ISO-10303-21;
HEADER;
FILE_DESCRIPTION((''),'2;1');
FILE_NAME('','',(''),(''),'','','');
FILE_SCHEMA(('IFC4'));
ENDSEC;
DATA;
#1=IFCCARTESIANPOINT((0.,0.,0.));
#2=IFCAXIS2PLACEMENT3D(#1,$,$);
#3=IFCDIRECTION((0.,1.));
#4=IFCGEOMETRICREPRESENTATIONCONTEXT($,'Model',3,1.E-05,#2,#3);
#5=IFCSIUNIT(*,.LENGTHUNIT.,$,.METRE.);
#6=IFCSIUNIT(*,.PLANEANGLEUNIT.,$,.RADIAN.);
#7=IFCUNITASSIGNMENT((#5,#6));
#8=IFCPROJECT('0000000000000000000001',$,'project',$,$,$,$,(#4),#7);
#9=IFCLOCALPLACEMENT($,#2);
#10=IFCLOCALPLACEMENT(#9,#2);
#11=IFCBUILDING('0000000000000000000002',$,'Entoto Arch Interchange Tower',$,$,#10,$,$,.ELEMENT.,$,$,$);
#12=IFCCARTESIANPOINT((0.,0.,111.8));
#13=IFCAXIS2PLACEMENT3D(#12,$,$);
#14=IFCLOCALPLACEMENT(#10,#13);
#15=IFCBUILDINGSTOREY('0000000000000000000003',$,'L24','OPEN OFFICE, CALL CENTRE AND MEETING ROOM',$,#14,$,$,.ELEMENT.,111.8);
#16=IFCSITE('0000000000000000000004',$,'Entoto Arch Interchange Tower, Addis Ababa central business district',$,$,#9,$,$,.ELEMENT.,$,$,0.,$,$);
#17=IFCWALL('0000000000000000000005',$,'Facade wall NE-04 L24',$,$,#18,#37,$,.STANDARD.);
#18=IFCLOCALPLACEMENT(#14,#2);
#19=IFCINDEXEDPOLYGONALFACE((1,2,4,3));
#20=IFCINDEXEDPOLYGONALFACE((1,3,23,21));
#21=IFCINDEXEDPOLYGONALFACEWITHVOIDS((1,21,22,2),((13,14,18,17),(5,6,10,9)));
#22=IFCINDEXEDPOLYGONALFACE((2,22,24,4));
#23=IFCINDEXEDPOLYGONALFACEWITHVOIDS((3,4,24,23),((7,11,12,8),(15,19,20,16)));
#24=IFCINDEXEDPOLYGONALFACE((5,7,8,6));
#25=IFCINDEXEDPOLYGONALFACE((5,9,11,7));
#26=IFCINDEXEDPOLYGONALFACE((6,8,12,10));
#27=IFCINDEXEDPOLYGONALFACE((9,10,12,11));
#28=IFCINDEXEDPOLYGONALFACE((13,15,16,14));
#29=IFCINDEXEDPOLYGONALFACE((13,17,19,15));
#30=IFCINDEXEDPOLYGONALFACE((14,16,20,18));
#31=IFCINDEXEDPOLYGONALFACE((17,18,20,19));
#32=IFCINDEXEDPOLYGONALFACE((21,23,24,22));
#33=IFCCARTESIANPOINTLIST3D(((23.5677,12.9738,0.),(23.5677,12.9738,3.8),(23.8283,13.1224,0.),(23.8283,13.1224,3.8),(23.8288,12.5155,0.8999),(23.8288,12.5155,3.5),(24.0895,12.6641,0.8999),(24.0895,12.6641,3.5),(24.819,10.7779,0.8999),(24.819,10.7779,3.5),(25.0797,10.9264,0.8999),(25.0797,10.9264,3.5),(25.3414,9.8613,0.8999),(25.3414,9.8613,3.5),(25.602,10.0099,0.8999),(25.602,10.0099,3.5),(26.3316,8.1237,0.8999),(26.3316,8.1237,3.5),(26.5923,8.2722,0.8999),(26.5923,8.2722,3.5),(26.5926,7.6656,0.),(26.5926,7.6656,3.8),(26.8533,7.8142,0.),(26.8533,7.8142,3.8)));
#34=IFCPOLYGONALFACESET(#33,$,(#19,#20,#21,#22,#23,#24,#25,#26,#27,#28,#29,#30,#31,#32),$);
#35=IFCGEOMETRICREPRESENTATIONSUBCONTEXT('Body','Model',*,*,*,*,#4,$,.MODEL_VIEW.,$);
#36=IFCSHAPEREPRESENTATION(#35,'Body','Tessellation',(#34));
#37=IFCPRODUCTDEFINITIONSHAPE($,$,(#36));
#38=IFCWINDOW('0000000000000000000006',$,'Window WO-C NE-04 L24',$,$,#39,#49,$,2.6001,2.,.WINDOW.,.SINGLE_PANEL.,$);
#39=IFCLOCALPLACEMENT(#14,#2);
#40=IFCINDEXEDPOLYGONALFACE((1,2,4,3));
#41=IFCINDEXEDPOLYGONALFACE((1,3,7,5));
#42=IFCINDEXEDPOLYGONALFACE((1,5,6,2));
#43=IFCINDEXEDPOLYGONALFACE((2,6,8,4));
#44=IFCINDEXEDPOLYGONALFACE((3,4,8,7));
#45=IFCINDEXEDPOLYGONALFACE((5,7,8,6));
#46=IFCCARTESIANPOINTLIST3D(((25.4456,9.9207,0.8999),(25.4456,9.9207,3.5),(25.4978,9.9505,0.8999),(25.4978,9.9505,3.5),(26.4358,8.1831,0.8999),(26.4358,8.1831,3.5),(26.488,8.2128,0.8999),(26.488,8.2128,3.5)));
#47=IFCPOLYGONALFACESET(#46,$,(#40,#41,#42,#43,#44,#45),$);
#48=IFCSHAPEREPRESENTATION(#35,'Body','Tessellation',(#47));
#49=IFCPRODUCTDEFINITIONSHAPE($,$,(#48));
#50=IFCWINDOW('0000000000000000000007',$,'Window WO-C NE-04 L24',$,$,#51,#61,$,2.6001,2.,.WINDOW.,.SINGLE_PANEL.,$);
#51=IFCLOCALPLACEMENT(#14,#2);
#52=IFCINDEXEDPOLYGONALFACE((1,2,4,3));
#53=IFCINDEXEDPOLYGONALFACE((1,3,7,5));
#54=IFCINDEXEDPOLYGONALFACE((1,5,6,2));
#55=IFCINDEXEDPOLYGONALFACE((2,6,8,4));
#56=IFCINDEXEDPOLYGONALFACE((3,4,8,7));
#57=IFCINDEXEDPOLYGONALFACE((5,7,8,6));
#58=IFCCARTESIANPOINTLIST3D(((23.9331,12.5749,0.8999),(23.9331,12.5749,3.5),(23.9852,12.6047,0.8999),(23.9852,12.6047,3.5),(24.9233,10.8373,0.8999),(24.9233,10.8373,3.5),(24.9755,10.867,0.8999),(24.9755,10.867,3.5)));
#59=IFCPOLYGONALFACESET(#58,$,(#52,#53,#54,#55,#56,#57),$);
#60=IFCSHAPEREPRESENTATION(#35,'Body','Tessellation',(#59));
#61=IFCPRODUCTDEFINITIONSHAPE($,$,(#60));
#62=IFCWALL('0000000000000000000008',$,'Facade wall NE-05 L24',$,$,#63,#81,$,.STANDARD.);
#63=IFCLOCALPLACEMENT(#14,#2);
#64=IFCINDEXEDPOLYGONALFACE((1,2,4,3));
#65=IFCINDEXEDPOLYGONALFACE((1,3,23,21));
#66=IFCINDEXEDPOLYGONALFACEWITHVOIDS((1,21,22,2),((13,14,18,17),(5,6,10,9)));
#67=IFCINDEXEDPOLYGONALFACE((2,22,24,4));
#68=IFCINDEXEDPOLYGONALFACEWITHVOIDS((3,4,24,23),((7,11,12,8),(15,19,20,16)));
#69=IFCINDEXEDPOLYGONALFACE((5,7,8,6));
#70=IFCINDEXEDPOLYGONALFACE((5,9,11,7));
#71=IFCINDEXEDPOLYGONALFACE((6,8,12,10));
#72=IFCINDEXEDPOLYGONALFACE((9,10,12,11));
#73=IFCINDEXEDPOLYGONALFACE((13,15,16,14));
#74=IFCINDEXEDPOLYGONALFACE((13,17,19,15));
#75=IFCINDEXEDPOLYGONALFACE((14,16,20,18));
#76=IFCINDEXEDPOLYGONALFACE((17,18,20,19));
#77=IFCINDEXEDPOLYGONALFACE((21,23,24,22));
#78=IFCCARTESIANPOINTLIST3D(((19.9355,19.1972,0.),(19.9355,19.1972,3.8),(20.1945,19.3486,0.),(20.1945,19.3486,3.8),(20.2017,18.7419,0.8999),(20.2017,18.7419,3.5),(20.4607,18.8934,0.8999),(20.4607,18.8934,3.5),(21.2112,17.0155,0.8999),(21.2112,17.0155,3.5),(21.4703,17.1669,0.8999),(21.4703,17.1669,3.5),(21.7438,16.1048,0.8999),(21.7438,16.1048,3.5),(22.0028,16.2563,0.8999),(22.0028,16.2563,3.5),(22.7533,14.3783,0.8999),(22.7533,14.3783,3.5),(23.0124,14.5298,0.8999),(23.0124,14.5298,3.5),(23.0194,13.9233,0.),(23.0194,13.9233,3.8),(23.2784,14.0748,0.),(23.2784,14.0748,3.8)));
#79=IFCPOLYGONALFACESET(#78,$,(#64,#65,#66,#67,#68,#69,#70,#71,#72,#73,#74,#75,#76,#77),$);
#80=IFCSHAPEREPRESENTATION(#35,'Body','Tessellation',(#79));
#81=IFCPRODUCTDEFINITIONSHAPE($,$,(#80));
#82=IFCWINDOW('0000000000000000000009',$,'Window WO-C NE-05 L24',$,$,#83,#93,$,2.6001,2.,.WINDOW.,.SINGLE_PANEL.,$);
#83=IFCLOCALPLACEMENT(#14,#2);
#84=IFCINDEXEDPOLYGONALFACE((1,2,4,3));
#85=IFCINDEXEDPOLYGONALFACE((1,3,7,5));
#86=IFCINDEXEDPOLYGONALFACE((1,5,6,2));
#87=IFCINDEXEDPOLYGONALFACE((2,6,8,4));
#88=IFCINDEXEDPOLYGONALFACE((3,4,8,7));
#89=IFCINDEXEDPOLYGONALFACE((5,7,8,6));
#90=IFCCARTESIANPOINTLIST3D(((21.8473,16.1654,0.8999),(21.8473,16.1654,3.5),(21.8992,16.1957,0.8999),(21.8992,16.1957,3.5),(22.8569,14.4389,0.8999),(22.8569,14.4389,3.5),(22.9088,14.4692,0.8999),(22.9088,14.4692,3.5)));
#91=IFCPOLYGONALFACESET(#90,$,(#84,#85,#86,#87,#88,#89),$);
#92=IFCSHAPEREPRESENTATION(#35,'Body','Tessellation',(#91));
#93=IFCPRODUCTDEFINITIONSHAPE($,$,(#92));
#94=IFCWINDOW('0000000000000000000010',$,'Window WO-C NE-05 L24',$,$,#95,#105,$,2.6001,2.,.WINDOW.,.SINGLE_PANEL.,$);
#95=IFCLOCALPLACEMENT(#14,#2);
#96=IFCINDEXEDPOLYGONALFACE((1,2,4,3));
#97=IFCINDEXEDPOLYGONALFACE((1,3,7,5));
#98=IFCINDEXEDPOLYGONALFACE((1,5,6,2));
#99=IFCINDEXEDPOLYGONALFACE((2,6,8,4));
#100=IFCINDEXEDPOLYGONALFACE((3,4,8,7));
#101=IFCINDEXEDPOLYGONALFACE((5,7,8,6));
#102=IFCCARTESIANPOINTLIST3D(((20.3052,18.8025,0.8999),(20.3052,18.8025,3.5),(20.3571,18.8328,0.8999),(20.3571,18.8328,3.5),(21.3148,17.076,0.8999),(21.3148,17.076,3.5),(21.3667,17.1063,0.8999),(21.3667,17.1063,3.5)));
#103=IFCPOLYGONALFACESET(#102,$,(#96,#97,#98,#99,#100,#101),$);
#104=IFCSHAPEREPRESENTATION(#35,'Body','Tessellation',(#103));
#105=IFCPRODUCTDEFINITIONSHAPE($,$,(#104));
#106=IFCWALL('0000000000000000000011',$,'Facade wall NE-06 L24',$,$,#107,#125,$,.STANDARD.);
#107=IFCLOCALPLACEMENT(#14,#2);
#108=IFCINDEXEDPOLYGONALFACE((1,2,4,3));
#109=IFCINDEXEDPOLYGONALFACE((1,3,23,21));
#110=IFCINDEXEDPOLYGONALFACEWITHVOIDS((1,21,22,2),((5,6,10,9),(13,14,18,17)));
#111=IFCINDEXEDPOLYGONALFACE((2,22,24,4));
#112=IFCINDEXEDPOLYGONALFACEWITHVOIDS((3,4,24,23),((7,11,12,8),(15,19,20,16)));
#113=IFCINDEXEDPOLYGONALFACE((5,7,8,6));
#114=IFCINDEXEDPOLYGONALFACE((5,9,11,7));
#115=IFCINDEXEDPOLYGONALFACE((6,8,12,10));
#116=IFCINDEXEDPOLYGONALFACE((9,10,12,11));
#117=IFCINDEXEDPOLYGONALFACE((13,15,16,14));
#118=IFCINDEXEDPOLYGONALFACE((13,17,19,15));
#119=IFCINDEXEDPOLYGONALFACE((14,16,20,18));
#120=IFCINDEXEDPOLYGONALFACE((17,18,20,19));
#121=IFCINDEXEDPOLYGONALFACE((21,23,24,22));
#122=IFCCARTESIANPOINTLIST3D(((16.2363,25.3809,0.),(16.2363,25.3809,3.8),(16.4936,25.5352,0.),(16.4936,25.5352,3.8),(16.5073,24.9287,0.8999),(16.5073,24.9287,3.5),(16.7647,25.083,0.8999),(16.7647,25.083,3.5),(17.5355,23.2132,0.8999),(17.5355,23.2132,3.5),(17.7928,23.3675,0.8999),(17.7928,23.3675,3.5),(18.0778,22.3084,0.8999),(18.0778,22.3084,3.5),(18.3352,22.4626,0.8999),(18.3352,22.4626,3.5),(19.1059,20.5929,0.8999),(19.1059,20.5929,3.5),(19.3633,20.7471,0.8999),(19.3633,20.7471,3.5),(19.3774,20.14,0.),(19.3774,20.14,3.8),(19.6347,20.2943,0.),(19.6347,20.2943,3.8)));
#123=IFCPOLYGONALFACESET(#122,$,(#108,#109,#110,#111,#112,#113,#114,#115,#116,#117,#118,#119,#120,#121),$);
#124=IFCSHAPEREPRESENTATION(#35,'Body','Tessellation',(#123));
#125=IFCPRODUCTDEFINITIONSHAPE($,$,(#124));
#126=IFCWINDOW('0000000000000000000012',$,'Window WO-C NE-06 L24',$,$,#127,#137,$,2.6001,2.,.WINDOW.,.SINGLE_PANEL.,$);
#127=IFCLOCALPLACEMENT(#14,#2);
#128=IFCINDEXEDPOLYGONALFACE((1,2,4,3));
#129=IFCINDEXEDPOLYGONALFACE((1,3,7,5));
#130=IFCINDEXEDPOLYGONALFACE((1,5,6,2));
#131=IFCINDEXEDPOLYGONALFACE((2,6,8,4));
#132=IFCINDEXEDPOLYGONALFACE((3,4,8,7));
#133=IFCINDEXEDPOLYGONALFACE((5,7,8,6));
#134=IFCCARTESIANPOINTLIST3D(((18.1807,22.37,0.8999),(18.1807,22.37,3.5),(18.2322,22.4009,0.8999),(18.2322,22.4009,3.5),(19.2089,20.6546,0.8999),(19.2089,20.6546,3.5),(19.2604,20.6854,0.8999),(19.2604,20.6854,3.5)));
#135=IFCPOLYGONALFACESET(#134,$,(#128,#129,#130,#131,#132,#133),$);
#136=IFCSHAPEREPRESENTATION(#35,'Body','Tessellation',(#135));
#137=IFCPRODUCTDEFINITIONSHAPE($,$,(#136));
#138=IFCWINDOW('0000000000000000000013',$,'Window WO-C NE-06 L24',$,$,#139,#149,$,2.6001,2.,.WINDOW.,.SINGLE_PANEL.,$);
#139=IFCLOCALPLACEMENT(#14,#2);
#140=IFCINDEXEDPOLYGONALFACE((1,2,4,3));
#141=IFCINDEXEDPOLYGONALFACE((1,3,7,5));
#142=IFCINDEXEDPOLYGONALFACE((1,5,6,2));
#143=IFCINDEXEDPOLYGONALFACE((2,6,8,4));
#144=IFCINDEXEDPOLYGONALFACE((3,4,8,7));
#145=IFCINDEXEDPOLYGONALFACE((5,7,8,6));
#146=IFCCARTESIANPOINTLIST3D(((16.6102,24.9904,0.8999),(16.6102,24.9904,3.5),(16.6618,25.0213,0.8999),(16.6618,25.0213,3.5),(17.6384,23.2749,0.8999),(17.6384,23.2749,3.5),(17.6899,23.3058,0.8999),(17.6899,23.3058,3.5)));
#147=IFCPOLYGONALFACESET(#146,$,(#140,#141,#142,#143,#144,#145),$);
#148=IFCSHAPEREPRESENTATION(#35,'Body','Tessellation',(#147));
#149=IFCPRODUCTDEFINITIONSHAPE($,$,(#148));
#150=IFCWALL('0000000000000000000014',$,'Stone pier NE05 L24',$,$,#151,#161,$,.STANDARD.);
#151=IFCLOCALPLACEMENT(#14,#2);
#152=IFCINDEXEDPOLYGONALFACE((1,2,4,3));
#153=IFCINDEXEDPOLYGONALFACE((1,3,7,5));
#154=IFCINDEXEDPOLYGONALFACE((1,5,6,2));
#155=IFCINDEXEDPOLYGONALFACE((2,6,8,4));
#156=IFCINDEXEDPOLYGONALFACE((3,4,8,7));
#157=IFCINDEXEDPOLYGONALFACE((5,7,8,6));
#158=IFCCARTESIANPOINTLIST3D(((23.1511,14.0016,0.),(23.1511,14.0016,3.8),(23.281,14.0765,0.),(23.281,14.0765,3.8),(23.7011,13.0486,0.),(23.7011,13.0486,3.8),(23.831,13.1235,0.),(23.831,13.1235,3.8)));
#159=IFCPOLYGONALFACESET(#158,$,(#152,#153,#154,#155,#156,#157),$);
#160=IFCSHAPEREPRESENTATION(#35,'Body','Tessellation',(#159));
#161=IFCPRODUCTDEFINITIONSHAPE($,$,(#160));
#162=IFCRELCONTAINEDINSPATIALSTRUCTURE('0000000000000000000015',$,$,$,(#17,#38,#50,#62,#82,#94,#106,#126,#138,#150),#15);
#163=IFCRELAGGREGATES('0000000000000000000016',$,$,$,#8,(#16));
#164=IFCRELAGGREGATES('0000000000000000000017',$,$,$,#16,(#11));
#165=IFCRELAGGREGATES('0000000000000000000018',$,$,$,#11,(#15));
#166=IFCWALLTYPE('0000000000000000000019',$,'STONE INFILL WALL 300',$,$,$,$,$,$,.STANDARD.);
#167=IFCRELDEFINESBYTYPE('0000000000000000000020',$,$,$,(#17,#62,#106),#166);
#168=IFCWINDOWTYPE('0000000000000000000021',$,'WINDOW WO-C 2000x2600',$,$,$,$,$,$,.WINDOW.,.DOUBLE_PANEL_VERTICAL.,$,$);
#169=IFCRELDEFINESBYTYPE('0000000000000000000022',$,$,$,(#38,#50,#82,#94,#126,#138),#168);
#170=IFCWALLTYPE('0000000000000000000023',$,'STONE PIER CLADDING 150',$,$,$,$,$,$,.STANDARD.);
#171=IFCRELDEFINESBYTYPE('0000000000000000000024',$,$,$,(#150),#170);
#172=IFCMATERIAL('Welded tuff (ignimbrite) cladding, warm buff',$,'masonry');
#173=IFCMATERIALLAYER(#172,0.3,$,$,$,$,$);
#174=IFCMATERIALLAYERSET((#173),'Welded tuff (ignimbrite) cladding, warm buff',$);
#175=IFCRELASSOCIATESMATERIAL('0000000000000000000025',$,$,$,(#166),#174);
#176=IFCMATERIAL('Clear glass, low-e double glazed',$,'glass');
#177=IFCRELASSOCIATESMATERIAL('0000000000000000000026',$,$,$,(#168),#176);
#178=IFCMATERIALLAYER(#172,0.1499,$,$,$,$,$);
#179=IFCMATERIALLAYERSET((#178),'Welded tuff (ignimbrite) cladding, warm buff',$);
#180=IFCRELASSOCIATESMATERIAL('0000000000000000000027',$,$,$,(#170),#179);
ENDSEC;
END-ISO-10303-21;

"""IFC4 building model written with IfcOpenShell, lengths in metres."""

from ifc_helpers import new_model, si_unit, direction, frame, frame_2d, origin, place, context, subcontext, project, spatial, rectangle, extrude, material, layer, layer_set, type_object, element, fill, save


model = new_model("IFC4")

# Units and contexts
model_context = context("Model", 3, precision=1e-05, world=origin(), true_north=direction((0.0, 1.0)))
body_context = subcontext(model_context, "Body", "Model", "MODEL_VIEW")
ifc_project = project(units=[si_unit("LENGTHUNIT", "METRE"), si_unit("PLANEANGLEUNIT", "RADIAN")], contexts=[model_context])

# Site, building, storey
site_placement = place(None, origin())
site = spatial("IfcSite", under=ifc_project, at=site_placement, Name="Entoto Arch Interchange Tower, Addis Ababa central business district", CompositionType="ELEMENT", RefElevation=0.0)
building_placement = place(site_placement, origin())
building = spatial("IfcBuilding", under=site, at=building_placement, Name="Entoto Arch Interchange Tower", CompositionType="ELEMENT")
storey_placement = place(building_placement, frame((0.0, 0.0, 111.8)))
storey = spatial("IfcBuildingStorey", under=building, at=storey_placement, Name="L24", Description="OPEN OFFICE, CALL CENTRE AND MEETING ROOM", CompositionType="ELEMENT", Elevation=111.8)

# Walls, openings, windows
ifc_material_1 = material(Name="Welded tuff (ignimbrite) cladding, warm buff", Category="masonry")
ifc_layer_1 = layer(ifc_material_1, 0.3)
ifc_layer_set_1 = layer_set([ifc_layer_1], Name="Welded tuff (ignimbrite) cladding, warm buff")
wall_type_1 = type_object("IfcWallType", Name="STONE INFILL WALL 300", PredefinedType="STANDARD", material=ifc_layer_set_1)
wall_1_placement = place(storey_placement, frame((26.7229, 7.74, 0.0), z_axis=(0.0, 0.0, 1.0), x_axis=(-0.495114, 0.868828, 0.0)))
wall_1 = element("IfcWall", 1, at=wall_1_placement, inside=storey, type_object=wall_type_1, Name="Facade wall NE-04 L24", PredefinedType="STANDARD", context=body_context, shape_type="SweptSolid", body=[
    extrude(rectangle(XDim=6.1096, YDim=0.3, at=frame_2d((3.0547, 0.0))), origin(), (0.0, 0.0, 1.0), 3.8),
])
opening_1_placement = place(wall_1_placement, frame((0.5271, 0.0, 0.8999)))
opening_1 = element("IfcOpeningElement", 2, at=opening_1_placement, cuts=wall_1, PredefinedType="OPENING", context=body_context, shape_type="SweptSolid", body=[
    extrude(rectangle(XDim=2.0, YDim=2.6001, at=frame_2d((1.0, 1.3))), frame((0.0, 0.1602, 0.0), z_axis=(0.0, -1.0, 0.0), x_axis=(1.0, 0.0, 0.0)), (0.0, 0.0, 1.0), 0.3201),
])
opening_2_placement = place(wall_1_placement, frame((3.582, 0.0, 0.8999)))
opening_2 = element("IfcOpeningElement", 3, at=opening_2_placement, cuts=wall_1, PredefinedType="OPENING", context=body_context, shape_type="SweptSolid", body=[
    extrude(rectangle(XDim=2.0, YDim=2.6001, at=frame_2d((1.0, 1.3))), frame((0.0, 0.1602, 0.0), z_axis=(0.0, -1.0, 0.0), x_axis=(1.0, 0.0, 0.0)), (0.0, 0.0, 1.0), 0.3201),
])
ifc_material_2 = material(Name="Clear glass, low-e double glazed", Category="glass")
window_type = type_object("IfcWindowType", Name="WINDOW WO-C 2000x2600", PartitioningType="DOUBLE_PANEL_VERTICAL", PredefinedType="WINDOW", material=ifc_material_2)
window_1_placement = place(opening_1_placement, origin())
window_1 = element("IfcWindow", 4, at=window_1_placement, inside=storey, type_object=window_type, Name="Window WO-C NE-04 L24", OverallHeight=2.6001, OverallWidth=2.0, PartitioningType="SINGLE_PANEL", PredefinedType="WINDOW", context=body_context, shape_type="SweptSolid", body=[
    extrude(rectangle(XDim=2.0, YDim=2.6001, at=frame_2d((1.0, 1.3))), frame((0.0, 0.03, 0.0), z_axis=(0.0, -1.0, 0.0), x_axis=(1.0, 0.0, 0.0)), (0.0, 0.0, 1.0), 0.0601),
])
fill(opening_1, window_1)
window_2_placement = place(opening_2_placement, origin())
window_2 = element("IfcWindow", 5, at=window_2_placement, inside=storey, type_object=window_type, Name="Window WO-C NE-04 L24", OverallHeight=2.6001, OverallWidth=2.0, PartitioningType="SINGLE_PANEL", PredefinedType="WINDOW", context=body_context, shape_type="SweptSolid", body=[
    extrude(rectangle(XDim=2.0, YDim=2.6001, at=frame_2d((1.0, 1.3))), frame((0.0, 0.03, 0.0), z_axis=(0.0, -1.0, 0.0), x_axis=(1.0, 0.0, 0.0)), (0.0, 0.0, 1.0), 0.0601),
])
fill(opening_2, window_2)
wall_2_placement = place(storey_placement, frame((23.1489, 13.999, 0.0), z_axis=(0.0, 0.0, 1.0), x_axis=(-0.50479, 0.863242, 0.0)))
wall_2 = element("IfcWall", 6, at=wall_2_placement, inside=storey, type_object=wall_type_1, Name="Facade wall NE-05 L24", PredefinedType="STANDARD", context=body_context, shape_type="SweptSolid", body=[
    extrude(rectangle(XDim=6.1094, YDim=0.3, at=frame_2d((3.0547, 0.0))), origin(), (0.0, 0.0, 1.0), 3.8),
])
opening_3_placement = place(wall_2_placement, frame((0.5271, 0.0, 0.8999)))
opening_3 = element("IfcOpeningElement", 7, at=opening_3_placement, cuts=wall_2, PredefinedType="OPENING", context=body_context, shape_type="SweptSolid", body=[
    extrude(rectangle(XDim=2.0, YDim=2.6001, at=frame_2d((1.0, 1.3))), frame((0.0, 0.1602, 0.0), z_axis=(0.0, -1.0, 0.0), x_axis=(1.0, 0.0, 0.0)), (0.0, 0.0, 1.0), 0.3201),
])
opening_4_placement = place(wall_2_placement, frame((3.582, 0.0, 0.8999)))
opening_4 = element("IfcOpeningElement", 8, at=opening_4_placement, cuts=wall_2, PredefinedType="OPENING", context=body_context, shape_type="SweptSolid", body=[
    extrude(rectangle(XDim=2.0, YDim=2.6001, at=frame_2d((1.0, 1.3))), frame((0.0, 0.1602, 0.0), z_axis=(0.0, -1.0, 0.0), x_axis=(1.0, 0.0, 0.0)), (0.0, 0.0, 1.0), 0.3201),
])
window_3_placement = place(opening_3_placement, origin())
window_3 = element("IfcWindow", 9, at=window_3_placement, inside=storey, type_object=window_type, Name="Window WO-C NE-05 L24", OverallHeight=2.6001, OverallWidth=2.0, PartitioningType="SINGLE_PANEL", PredefinedType="WINDOW", context=body_context, shape_type="SweptSolid", body=[
    extrude(rectangle(XDim=2.0, YDim=2.6001, at=frame_2d((1.0, 1.3))), frame((0.0, 0.03, 0.0), z_axis=(0.0, -1.0, 0.0), x_axis=(1.0, 0.0, 0.0)), (0.0, 0.0, 1.0), 0.0601),
])
fill(opening_3, window_3)
window_4_placement = place(opening_4_placement, origin())
window_4 = element("IfcWindow", 10, at=window_4_placement, inside=storey, type_object=window_type, Name="Window WO-C NE-05 L24", OverallHeight=2.6001, OverallWidth=2.0, PartitioningType="SINGLE_PANEL", PredefinedType="WINDOW", context=body_context, shape_type="SweptSolid", body=[
    extrude(rectangle(XDim=2.0, YDim=2.6001, at=frame_2d((1.0, 1.3))), frame((0.0, 0.03, 0.0), z_axis=(0.0, -1.0, 0.0), x_axis=(1.0, 0.0, 0.0)), (0.0, 0.0, 1.0), 0.0601),
])
fill(opening_4, window_4)
wall_3_placement = place(storey_placement, frame((19.5061, 20.217, 0.0), z_axis=(0.0, 0.0, 1.0), x_axis=(-0.514079, 0.857743, 0.0)))
wall_3 = element("IfcWall", 11, at=wall_3_placement, inside=storey, type_object=wall_type_1, Name="Facade wall NE-06 L24", PredefinedType="STANDARD", context=body_context, shape_type="SweptSolid", body=[
    extrude(rectangle(XDim=6.1101, YDim=0.3, at=frame_2d((3.0552, 0.0))), origin(), (0.0, 0.0, 1.0), 3.8),
])
opening_5_placement = place(wall_3_placement, frame((0.5281, 0.0, 0.8999)))
opening_5 = element("IfcOpeningElement", 12, at=opening_5_placement, cuts=wall_3, PredefinedType="OPENING", context=body_context, shape_type="SweptSolid", body=[
    extrude(rectangle(XDim=2.0, YDim=2.6001, at=frame_2d((1.0, 1.3))), frame((0.0, 0.1602, 0.0), z_axis=(0.0, -1.0, 0.0), x_axis=(1.0, 0.0, 0.0)), (0.0, 0.0, 1.0), 0.3201),
])
opening_6_placement = place(wall_3_placement, frame((3.583, 0.0, 0.8999)))
opening_6 = element("IfcOpeningElement", 13, at=opening_6_placement, cuts=wall_3, PredefinedType="OPENING", context=body_context, shape_type="SweptSolid", body=[
    extrude(rectangle(XDim=2.0, YDim=2.6001, at=frame_2d((1.0, 1.3))), frame((0.0, 0.1602, 0.0), z_axis=(0.0, -1.0, 0.0), x_axis=(1.0, 0.0, 0.0)), (0.0, 0.0, 1.0), 0.3201),
])
window_5_placement = place(opening_5_placement, origin())
window_5 = element("IfcWindow", 14, at=window_5_placement, inside=storey, type_object=window_type, Name="Window WO-C NE-06 L24", OverallHeight=2.6001, OverallWidth=2.0, PartitioningType="SINGLE_PANEL", PredefinedType="WINDOW", context=body_context, shape_type="SweptSolid", body=[
    extrude(rectangle(XDim=2.0, YDim=2.6001, at=frame_2d((1.0, 1.3))), frame((0.0, 0.03, 0.0), z_axis=(0.0, -1.0, 0.0), x_axis=(1.0, 0.0, 0.0)), (0.0, 0.0, 1.0), 0.0601),
])
fill(opening_5, window_5)
window_6_placement = place(opening_6_placement, origin())
window_6 = element("IfcWindow", 15, at=window_6_placement, inside=storey, type_object=window_type, Name="Window WO-C NE-06 L24", OverallHeight=2.6001, OverallWidth=2.0, PartitioningType="SINGLE_PANEL", PredefinedType="WINDOW", context=body_context, shape_type="SweptSolid", body=[
    extrude(rectangle(XDim=2.0, YDim=2.6001, at=frame_2d((1.0, 1.3))), frame((0.0, 0.03, 0.0), z_axis=(0.0, -1.0, 0.0), x_axis=(1.0, 0.0, 0.0)), (0.0, 0.0, 1.0), 0.0601),
])
fill(opening_6, window_6)

# Wall
ifc_layer_2 = layer(ifc_material_1, 0.1499)
ifc_layer_set_2 = layer_set([ifc_layer_2], Name="Welded tuff (ignimbrite) cladding, warm buff")
wall_type_2 = type_object("IfcWallType", Name="STONE PIER CLADDING 150", PredefinedType="STANDARD", material=ifc_layer_set_2)
wall_4_placement = place(storey_placement, frame((23.7661, 13.0859, 0.0), z_axis=(0.0, 0.0, 1.0), x_axis=(-0.499838, 0.866119, 0.0)))
element("IfcWall", 16, at=wall_4_placement, inside=storey, type_object=wall_type_2, Name="Stone pier NE05 L24", PredefinedType="STANDARD", context=body_context, shape_type="SweptSolid", body=[
    extrude(rectangle(XDim=1.1003, YDim=0.1499, at=frame_2d((0.5503, 0.0))), origin(), (0.0, 0.0, 1.0), 3.8),
])

save(model, "model.ifc")
